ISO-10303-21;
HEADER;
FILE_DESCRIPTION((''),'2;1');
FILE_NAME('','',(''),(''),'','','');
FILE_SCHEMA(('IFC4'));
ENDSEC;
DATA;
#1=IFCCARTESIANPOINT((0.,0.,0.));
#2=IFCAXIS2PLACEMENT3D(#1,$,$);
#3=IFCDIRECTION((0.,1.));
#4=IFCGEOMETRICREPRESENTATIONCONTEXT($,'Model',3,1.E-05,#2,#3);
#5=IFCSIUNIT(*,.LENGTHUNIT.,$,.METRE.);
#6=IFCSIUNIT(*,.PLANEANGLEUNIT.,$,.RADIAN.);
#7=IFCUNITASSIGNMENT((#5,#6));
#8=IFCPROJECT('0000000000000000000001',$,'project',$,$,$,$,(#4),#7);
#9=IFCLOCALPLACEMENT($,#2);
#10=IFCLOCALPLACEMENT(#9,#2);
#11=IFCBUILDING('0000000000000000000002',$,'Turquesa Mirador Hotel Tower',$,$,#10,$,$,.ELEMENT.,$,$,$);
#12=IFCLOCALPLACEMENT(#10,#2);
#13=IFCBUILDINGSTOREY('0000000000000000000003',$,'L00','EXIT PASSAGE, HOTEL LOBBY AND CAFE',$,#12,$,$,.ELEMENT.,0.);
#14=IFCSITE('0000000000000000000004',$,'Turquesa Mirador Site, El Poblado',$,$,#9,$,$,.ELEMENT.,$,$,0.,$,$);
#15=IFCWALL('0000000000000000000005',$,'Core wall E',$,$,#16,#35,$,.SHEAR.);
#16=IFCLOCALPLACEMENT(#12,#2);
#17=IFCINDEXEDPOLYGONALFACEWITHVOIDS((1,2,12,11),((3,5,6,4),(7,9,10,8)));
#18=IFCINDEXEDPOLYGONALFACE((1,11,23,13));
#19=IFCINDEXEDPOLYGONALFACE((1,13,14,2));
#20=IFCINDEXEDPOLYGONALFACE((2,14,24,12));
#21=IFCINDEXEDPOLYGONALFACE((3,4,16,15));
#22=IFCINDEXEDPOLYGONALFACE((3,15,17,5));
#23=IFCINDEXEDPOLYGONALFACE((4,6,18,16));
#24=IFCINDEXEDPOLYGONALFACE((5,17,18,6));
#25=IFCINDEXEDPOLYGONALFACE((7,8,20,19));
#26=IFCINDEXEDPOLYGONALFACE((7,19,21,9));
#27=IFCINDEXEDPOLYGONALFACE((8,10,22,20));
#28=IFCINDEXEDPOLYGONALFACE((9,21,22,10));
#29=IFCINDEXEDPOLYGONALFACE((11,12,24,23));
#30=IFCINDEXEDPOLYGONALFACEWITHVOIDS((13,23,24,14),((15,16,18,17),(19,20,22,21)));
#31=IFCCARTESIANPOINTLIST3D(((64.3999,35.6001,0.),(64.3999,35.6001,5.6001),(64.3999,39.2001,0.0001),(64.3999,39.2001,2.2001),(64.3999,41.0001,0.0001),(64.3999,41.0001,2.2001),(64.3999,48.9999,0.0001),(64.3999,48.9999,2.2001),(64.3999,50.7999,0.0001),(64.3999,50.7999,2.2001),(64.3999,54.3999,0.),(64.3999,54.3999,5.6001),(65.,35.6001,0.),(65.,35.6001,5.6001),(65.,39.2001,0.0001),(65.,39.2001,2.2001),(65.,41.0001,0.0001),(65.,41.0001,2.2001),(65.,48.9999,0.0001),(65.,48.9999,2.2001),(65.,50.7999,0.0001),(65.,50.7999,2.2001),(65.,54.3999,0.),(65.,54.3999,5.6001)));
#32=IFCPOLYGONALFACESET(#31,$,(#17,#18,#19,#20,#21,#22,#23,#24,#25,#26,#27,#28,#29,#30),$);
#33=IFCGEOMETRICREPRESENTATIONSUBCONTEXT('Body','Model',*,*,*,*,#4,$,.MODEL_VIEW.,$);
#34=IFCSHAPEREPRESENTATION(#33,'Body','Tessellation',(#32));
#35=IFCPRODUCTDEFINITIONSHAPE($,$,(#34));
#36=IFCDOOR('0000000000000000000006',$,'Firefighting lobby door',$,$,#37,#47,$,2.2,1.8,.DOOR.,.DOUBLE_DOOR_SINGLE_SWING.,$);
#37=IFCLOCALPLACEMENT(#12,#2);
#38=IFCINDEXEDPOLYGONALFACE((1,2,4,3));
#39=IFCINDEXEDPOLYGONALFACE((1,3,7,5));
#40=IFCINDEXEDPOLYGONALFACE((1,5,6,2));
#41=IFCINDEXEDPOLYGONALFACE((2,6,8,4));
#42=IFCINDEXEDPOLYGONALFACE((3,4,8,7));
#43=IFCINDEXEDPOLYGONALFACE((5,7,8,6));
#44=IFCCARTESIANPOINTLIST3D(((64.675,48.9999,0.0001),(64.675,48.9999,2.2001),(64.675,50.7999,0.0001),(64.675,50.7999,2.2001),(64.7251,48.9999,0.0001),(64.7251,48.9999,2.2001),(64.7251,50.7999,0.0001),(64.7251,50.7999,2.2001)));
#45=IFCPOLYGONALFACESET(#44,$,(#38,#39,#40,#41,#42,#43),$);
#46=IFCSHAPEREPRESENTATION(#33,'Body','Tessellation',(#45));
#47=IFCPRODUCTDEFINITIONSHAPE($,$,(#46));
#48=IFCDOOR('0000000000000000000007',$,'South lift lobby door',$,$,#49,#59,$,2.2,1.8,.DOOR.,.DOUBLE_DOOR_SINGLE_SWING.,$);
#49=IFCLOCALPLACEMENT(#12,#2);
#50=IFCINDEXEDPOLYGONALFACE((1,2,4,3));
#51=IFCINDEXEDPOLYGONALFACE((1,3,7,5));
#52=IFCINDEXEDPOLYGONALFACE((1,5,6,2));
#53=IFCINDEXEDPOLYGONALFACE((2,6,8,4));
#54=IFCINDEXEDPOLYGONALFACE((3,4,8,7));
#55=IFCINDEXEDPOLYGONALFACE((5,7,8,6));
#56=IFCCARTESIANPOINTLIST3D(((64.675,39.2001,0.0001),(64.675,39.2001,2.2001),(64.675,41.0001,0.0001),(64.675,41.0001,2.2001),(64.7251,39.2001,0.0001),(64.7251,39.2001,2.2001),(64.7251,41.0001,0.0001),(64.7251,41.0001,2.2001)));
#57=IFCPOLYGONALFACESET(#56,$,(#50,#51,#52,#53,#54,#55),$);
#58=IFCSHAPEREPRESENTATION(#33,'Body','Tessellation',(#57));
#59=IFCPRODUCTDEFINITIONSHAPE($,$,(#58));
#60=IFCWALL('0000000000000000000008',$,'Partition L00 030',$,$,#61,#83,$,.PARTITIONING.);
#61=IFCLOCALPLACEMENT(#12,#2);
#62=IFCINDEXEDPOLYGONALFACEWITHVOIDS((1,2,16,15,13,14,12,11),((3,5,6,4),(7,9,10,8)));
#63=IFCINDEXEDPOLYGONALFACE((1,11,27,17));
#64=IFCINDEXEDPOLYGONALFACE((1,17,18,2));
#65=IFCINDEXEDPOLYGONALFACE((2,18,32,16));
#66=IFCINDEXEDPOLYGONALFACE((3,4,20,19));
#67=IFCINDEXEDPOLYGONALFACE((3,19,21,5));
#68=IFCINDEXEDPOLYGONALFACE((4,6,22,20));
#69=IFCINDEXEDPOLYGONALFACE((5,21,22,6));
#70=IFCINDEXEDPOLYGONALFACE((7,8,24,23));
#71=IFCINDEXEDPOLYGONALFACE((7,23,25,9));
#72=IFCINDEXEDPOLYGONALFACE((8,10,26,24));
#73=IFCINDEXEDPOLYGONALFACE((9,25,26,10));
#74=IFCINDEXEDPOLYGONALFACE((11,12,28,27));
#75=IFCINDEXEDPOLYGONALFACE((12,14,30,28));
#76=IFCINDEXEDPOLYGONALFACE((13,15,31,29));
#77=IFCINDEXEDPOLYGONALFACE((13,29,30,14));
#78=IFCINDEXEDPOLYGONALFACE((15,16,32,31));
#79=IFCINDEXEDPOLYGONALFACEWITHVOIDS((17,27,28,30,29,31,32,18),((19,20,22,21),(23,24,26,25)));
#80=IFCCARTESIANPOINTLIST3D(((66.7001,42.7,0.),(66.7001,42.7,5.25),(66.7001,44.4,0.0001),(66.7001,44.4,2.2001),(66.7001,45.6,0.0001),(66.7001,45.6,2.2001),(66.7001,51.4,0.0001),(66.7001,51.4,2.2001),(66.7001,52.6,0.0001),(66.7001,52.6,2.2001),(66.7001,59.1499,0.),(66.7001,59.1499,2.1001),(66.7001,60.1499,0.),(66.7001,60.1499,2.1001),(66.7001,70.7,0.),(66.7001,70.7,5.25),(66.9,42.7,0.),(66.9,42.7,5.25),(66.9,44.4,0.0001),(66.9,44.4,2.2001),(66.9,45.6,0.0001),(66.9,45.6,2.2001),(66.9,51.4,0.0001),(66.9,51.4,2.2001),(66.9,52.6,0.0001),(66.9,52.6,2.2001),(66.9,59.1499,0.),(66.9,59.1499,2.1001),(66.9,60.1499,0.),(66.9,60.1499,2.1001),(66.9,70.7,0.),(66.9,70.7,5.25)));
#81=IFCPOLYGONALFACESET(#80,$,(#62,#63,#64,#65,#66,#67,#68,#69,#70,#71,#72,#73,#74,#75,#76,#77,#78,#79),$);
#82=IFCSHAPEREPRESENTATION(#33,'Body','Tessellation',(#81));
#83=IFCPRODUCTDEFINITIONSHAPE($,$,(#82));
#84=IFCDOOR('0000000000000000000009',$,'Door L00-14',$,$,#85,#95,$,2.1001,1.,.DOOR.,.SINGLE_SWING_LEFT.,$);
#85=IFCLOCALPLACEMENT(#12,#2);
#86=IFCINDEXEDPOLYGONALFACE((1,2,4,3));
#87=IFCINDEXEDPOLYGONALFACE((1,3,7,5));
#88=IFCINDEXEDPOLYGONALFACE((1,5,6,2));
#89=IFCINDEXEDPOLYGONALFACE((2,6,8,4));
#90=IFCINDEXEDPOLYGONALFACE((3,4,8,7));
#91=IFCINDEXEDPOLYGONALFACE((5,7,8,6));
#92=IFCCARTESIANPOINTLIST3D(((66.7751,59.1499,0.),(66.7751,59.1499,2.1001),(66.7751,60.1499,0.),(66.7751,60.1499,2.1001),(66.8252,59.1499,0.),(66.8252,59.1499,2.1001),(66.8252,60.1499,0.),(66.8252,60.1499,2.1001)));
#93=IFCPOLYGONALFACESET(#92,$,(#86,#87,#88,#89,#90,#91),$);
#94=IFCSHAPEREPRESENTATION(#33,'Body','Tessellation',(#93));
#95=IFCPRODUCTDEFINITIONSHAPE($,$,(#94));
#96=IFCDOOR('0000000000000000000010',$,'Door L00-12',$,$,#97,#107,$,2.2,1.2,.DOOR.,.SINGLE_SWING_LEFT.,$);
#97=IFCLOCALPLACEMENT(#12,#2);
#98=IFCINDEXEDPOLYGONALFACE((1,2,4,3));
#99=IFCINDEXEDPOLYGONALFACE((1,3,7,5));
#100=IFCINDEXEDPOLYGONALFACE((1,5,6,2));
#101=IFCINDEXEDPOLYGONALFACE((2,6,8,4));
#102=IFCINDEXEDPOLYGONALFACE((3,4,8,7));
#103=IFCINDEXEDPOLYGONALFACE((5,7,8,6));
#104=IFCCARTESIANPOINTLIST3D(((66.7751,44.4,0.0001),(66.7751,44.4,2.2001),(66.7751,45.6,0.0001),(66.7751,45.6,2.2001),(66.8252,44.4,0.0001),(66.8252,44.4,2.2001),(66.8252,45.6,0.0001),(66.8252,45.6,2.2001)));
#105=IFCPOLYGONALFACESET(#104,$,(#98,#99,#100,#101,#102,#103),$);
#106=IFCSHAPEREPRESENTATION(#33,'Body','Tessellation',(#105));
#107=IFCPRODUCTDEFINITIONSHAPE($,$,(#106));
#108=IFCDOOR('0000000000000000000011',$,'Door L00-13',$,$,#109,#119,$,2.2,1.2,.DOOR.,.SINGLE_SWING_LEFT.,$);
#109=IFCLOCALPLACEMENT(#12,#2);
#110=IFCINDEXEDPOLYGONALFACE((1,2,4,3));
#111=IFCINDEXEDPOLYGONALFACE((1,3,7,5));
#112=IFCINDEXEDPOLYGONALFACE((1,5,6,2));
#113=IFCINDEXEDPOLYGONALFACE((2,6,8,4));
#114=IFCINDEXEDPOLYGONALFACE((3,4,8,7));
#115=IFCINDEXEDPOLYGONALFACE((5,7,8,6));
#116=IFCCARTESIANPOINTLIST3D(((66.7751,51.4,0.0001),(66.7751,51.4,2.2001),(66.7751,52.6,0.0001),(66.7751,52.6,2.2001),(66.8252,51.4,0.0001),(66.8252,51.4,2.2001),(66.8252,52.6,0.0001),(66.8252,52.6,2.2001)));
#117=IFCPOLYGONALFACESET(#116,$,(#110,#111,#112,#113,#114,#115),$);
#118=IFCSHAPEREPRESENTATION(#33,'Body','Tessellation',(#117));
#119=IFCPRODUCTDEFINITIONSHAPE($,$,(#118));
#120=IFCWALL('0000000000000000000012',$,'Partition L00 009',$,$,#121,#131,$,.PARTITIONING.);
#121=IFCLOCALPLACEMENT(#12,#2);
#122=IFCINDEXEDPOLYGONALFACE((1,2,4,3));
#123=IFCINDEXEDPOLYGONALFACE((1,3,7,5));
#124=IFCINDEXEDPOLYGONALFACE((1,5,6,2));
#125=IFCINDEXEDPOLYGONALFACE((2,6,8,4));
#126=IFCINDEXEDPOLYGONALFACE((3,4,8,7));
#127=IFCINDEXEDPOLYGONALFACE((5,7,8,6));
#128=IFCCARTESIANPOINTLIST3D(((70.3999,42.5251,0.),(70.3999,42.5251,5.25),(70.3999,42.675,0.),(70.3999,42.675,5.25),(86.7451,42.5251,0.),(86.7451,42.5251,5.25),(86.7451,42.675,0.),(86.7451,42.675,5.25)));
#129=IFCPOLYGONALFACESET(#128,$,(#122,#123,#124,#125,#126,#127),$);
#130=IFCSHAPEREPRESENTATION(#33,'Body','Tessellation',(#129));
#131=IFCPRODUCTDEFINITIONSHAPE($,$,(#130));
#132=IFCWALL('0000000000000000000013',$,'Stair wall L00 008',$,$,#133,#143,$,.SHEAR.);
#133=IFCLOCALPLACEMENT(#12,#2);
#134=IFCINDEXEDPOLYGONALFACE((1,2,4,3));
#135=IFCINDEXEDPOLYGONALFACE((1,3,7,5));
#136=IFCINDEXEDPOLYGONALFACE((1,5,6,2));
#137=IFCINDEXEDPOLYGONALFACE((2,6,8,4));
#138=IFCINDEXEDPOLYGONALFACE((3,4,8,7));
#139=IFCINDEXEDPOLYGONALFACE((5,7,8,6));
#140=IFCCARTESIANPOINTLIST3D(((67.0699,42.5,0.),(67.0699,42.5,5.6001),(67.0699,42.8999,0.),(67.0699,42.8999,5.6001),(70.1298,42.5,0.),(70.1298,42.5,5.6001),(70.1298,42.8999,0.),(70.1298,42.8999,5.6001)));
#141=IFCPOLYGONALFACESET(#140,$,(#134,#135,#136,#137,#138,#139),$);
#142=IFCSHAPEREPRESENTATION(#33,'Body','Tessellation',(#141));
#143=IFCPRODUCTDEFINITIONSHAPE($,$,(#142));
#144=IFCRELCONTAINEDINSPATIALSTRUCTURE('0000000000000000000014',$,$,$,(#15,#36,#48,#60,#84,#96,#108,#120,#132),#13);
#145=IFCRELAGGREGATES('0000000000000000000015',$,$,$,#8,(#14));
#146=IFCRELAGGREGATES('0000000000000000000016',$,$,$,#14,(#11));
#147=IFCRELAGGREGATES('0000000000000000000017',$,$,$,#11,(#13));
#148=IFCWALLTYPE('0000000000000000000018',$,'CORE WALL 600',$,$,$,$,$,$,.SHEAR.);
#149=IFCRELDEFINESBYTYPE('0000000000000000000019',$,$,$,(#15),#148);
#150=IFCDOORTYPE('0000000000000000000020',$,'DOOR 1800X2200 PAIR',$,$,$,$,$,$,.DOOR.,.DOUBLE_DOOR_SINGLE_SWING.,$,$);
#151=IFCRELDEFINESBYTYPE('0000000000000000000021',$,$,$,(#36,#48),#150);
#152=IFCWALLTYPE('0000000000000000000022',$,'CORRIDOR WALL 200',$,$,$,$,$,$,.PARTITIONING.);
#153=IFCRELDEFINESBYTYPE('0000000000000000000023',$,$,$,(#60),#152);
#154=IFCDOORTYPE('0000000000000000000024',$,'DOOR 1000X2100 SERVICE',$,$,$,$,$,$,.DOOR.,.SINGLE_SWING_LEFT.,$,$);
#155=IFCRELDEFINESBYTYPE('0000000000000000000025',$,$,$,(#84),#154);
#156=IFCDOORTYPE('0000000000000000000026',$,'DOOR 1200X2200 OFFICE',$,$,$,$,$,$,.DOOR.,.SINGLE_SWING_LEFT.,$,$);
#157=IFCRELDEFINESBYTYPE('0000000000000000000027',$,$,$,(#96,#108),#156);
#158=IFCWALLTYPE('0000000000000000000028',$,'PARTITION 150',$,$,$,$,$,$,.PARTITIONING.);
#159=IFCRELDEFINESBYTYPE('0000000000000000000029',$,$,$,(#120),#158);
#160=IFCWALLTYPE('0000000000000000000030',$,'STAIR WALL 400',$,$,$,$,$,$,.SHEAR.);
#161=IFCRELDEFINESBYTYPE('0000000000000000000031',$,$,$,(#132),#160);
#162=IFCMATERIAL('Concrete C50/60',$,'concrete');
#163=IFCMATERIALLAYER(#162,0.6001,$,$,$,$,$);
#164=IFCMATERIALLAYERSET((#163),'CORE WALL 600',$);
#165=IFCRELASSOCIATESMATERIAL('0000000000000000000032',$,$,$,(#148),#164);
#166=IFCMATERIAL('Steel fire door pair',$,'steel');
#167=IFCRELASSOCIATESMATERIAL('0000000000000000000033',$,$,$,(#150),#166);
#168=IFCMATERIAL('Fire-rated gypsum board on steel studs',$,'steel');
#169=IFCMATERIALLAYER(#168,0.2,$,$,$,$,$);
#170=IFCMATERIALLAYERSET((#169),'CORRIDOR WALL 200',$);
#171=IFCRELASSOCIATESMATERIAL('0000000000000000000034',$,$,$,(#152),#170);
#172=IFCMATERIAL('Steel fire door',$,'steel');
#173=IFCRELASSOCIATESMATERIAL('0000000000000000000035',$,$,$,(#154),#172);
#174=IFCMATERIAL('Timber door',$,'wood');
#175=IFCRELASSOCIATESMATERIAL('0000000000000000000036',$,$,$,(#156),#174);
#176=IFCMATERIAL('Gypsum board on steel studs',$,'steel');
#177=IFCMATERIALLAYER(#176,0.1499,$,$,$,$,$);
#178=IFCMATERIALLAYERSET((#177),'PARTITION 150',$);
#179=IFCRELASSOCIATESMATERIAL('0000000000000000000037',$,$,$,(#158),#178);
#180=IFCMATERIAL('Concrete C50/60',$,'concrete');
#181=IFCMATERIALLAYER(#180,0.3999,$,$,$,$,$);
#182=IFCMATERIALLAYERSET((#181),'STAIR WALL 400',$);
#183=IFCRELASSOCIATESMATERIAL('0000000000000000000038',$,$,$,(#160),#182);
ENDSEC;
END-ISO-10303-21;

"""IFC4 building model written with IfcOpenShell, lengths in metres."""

from ifc_helpers import new_model, si_unit, direction, frame, frame_2d, origin, place, context, subcontext, project, spatial, rectangle, extrude, material, layer, layer_set, type_object, element, fill, save


model = new_model("IFC4")

# Units and contexts
model_context = context("Model", 3, precision=1e-05, world=origin(), true_north=direction((0.0, 1.0)))
body_context = subcontext(model_context, "Body", "Model", "MODEL_VIEW")
ifc_project = project(units=[si_unit("LENGTHUNIT", "METRE"), si_unit("PLANEANGLEUNIT", "RADIAN")], contexts=[model_context])

# Site, building, storey
site_placement = place(None, origin())
site = spatial("IfcSite", under=ifc_project, at=site_placement, Name="Turquesa Mirador Site, El Poblado", CompositionType="ELEMENT", RefElevation=0.0)
building_placement = place(site_placement, origin())
building = spatial("IfcBuilding", under=site, at=building_placement, Name="Turquesa Mirador Hotel Tower", CompositionType="ELEMENT")
storey_placement = place(building_placement, origin())
storey = spatial("IfcBuildingStorey", under=building, at=storey_placement, Name="L00", Description="EXIT PASSAGE, HOTEL LOBBY AND CAFE", CompositionType="ELEMENT", Elevation=0.0)

# Walls, openings, doors
ifc_material_1 = material(Name="Concrete C50/60", Category="concrete")
ifc_layer_1 = layer(ifc_material_1, 0.6001)
ifc_layer_set_1 = layer_set([ifc_layer_1], Name="CORE WALL 600")
wall_type_1 = type_object("IfcWallType", Name="CORE WALL 600", PredefinedType="SHEAR", material=ifc_layer_set_1)
wall_1_placement = place(storey_placement, frame((64.7, 35.6001, 0.0), z_axis=(0.0, 0.0, 1.0), x_axis=(0.0, 1.0, 0.0)))
wall_1 = element("IfcWall", 1, at=wall_1_placement, inside=storey, type_object=wall_type_1, Name="Core wall E", PredefinedType="SHEAR", context=body_context, shape_type="SweptSolid", body=[
    extrude(rectangle(XDim=18.7998, YDim=0.6001, at=frame_2d((9.3999, 0.0))), origin(), (0.0, 0.0, 1.0), 5.6001),
])
opening_1_placement = place(wall_1_placement, frame((13.3999, 0.0, 0.0)))
opening_1 = element("IfcOpeningElement", 2, at=opening_1_placement, cuts=wall_1, PredefinedType="OPENING", context=body_context, shape_type="SweptSolid", body=[
    extrude(rectangle(XDim=1.8, YDim=2.2, at=frame_2d((0.8999, 1.1001))), frame((0.0, 0.3101, 0.0), z_axis=(0.0, -1.0, 0.0), x_axis=(1.0, 0.0, 0.0)), (0.0, 0.0, 1.0), 0.6201),
])
opening_2_placement = place(wall_1_placement, frame((3.6001, 0.0, 0.0)))
opening_2 = element("IfcOpeningElement", 3, at=opening_2_placement, cuts=wall_1, PredefinedType="OPENING", context=body_context, shape_type="SweptSolid", body=[
    extrude(rectangle(XDim=1.8, YDim=2.2, at=frame_2d((0.8999, 1.1001))), frame((0.0, 0.3101, 0.0), z_axis=(0.0, -1.0, 0.0), x_axis=(1.0, 0.0, 0.0)), (0.0, 0.0, 1.0), 0.6201),
])
ifc_material_2 = material(Name="Steel fire door pair", Category="steel")
door_type_1 = type_object("IfcDoorType", Name="DOOR 1800X2200 PAIR", OperationType="DOUBLE_DOOR_SINGLE_SWING", PredefinedType="DOOR", material=ifc_material_2)
door_1_placement = place(opening_1_placement, origin())
door_1 = element("IfcDoor", 4, at=door_1_placement, inside=storey, type_object=door_type_1, Name="Firefighting lobby door", OperationType="DOUBLE_DOOR_SINGLE_SWING", OverallHeight=2.2, OverallWidth=1.8, PredefinedType="DOOR", context=body_context, shape_type="SweptSolid", body=[
    extrude(rectangle(XDim=1.8, YDim=2.2, at=frame_2d((0.8999, 1.1001))), frame((0.0, 0.0249, 0.0), z_axis=(0.0, -1.0, 0.0), x_axis=(1.0, 0.0, 0.0)), (0.0, 0.0, 1.0), 0.05),
])
fill(opening_1, door_1)
door_2_placement = place(opening_2_placement, origin())
door_2 = element("IfcDoor", 5, at=door_2_placement, inside=storey, type_object=door_type_1, Name="South lift lobby door", OperationType="DOUBLE_DOOR_SINGLE_SWING", OverallHeight=2.2, OverallWidth=1.8, PredefinedType="DOOR", context=body_context, shape_type="SweptSolid", body=[
    extrude(rectangle(XDim=1.8, YDim=2.2, at=frame_2d((0.8999, 1.1001))), frame((0.0, 0.0249, 0.0), z_axis=(0.0, -1.0, 0.0), x_axis=(1.0, 0.0, 0.0)), (0.0, 0.0, 1.0), 0.05),
])
fill(opening_2, door_2)
ifc_material_3 = material(Name="Fire-rated gypsum board on steel studs", Category="steel")
ifc_layer_2 = layer(ifc_material_3, 0.2)
ifc_layer_set_2 = layer_set([ifc_layer_2], Name="CORRIDOR WALL 200")
wall_type_2 = type_object("IfcWallType", Name="CORRIDOR WALL 200", PredefinedType="PARTITIONING", material=ifc_layer_set_2)
wall_2_placement = place(storey_placement, frame((66.8, 42.7, 0.0), z_axis=(0.0, 0.0, 1.0), x_axis=(0.0, 1.0, 0.0)))
wall_2 = element("IfcWall", 6, at=wall_2_placement, inside=storey, type_object=wall_type_2, Name="Partition L00 030", PredefinedType="PARTITIONING", context=body_context, shape_type="SweptSolid", body=[
    extrude(rectangle(XDim=28.0, YDim=0.2, at=frame_2d((14.0, 0.0))), origin(), (0.0, 0.0, 1.0), 5.25),
])
opening_3_placement = place(wall_2_placement, frame((1.7, 0.0, 0.0)))
opening_3 = element("IfcOpeningElement", 7, at=opening_3_placement, cuts=wall_2, PredefinedType="OPENING", context=body_context, shape_type="SweptSolid", body=[
    extrude(rectangle(XDim=1.2, YDim=2.2, at=frame_2d((0.6001, 1.1001))), frame((0.0, 0.1099, 0.0), z_axis=(0.0, -1.0, 0.0), x_axis=(1.0, 0.0, 0.0)), (0.0, 0.0, 1.0), 0.22),
])
opening_4_placement = place(wall_2_placement, frame((8.7, 0.0, 0.0)))
opening_4 = element("IfcOpeningElement", 8, at=opening_4_placement, cuts=wall_2, PredefinedType="OPENING", context=body_context, shape_type="SweptSolid", body=[
    extrude(rectangle(XDim=1.2, YDim=2.2, at=frame_2d((0.6001, 1.1001))), frame((0.0, 0.1099, 0.0), z_axis=(0.0, -1.0, 0.0), x_axis=(1.0, 0.0, 0.0)), (0.0, 0.0, 1.0), 0.22),
])
opening_5_placement = place(wall_2_placement, frame((16.45, 0.0, 0.0)))
opening_5 = element("IfcOpeningElement", 9, at=opening_5_placement, cuts=wall_2, PredefinedType="OPENING", context=body_context, shape_type="SweptSolid", body=[
    extrude(rectangle(XDim=1.0, YDim=2.1001, at=frame_2d((0.5, 1.05))), frame((0.0, 0.1099, 0.0), z_axis=(0.0, -1.0, 0.0), x_axis=(1.0, 0.0, 0.0)), (0.0, 0.0, 1.0), 0.22),
])
ifc_material_4 = material(Name="Steel fire door", Category="steel")
door_type_2 = type_object("IfcDoorType", Name="DOOR 1000X2100 SERVICE", OperationType="SINGLE_SWING_LEFT", PredefinedType="DOOR", material=ifc_material_4)
door_3_placement = place(opening_5_placement, origin())
door_3 = element("IfcDoor", 10, at=door_3_placement, inside=storey, type_object=door_type_2, Name="Door L00-14", OperationType="SINGLE_SWING_LEFT", OverallHeight=2.1001, OverallWidth=1.0, PredefinedType="DOOR", context=body_context, shape_type="SweptSolid", body=[
    extrude(rectangle(XDim=1.0, YDim=2.1001, at=frame_2d((0.5, 1.05))), frame((0.0, 0.0249, 0.0), z_axis=(0.0, -1.0, 0.0), x_axis=(1.0, 0.0, 0.0)), (0.0, 0.0, 1.0), 0.05),
])
fill(opening_5, door_3)
ifc_material_5 = material(Name="Timber door", Category="wood")
door_type_3 = type_object("IfcDoorType", Name="DOOR 1200X2200 OFFICE", OperationType="SINGLE_SWING_LEFT", PredefinedType="DOOR", material=ifc_material_5)
door_4_placement = place(opening_3_placement, origin())
door_4 = element("IfcDoor", 11, at=door_4_placement, inside=storey, type_object=door_type_3, Name="Door L00-12", OperationType="SINGLE_SWING_LEFT", OverallHeight=2.2, OverallWidth=1.2, PredefinedType="DOOR", context=body_context, shape_type="SweptSolid", body=[
    extrude(rectangle(XDim=1.2, YDim=2.2, at=frame_2d((0.6001, 1.1001))), frame((0.0, 0.0249, 0.0), z_axis=(0.0, -1.0, 0.0), x_axis=(1.0, 0.0, 0.0)), (0.0, 0.0, 1.0), 0.05),
])
fill(opening_3, door_4)
door_5_placement = place(opening_4_placement, origin())
door_5 = element("IfcDoor", 12, at=door_5_placement, inside=storey, type_object=door_type_3, Name="Door L00-13", OperationType="SINGLE_SWING_LEFT", OverallHeight=2.2, OverallWidth=1.2, PredefinedType="DOOR", context=body_context, shape_type="SweptSolid", body=[
    extrude(rectangle(XDim=1.2, YDim=2.2, at=frame_2d((0.6001, 1.1001))), frame((0.0, 0.0249, 0.0), z_axis=(0.0, -1.0, 0.0), x_axis=(1.0, 0.0, 0.0)), (0.0, 0.0, 1.0), 0.05),
])
fill(opening_4, door_5)

# Walls
ifc_material_6 = material(Name="Gypsum board on steel studs", Category="steel")
ifc_layer_3 = layer(ifc_material_6, 0.1499)
ifc_layer_set_3 = layer_set([ifc_layer_3], Name="PARTITION 150")
wall_type_3 = type_object("IfcWallType", Name="PARTITION 150", PredefinedType="PARTITIONING", material=ifc_layer_set_3)
wall_3_placement = place(storey_placement, frame((70.3999, 42.6001, 0.0), z_axis=(0.0, 0.0, 1.0), x_axis=(1.0, 0.0, 0.0)))
element("IfcWall", 13, at=wall_3_placement, inside=storey, type_object=wall_type_3, Name="Partition L00 009", PredefinedType="PARTITIONING", context=body_context, shape_type="SweptSolid", body=[
    extrude(rectangle(XDim=16.3452, YDim=0.1499, at=frame_2d((8.1726, 0.0))), origin(), (0.0, 0.0, 1.0), 5.25),
])
ifc_material_7 = material(Name="Concrete C50/60", Category="concrete")
ifc_layer_4 = layer(ifc_material_7, 0.3999)
ifc_layer_set_4 = layer_set([ifc_layer_4], Name="STAIR WALL 400")
wall_type_4 = type_object("IfcWallType", Name="STAIR WALL 400", PredefinedType="SHEAR", material=ifc_layer_set_4)
wall_4_placement = place(storey_placement, frame((67.0701, 42.7, 0.0), z_axis=(0.0, 0.0, 1.0), x_axis=(1.0, 0.0, 0.0)))
element("IfcWall", 14, at=wall_4_placement, inside=storey, type_object=wall_type_4, Name="Stair wall L00 008", PredefinedType="SHEAR", context=body_context, shape_type="SweptSolid", body=[
    extrude(rectangle(XDim=3.0598, YDim=0.3999, at=frame_2d((1.5298, 0.0))), origin(), (0.0, 0.0, 1.0), 5.6001),
])

save(model, "model.ifc")
